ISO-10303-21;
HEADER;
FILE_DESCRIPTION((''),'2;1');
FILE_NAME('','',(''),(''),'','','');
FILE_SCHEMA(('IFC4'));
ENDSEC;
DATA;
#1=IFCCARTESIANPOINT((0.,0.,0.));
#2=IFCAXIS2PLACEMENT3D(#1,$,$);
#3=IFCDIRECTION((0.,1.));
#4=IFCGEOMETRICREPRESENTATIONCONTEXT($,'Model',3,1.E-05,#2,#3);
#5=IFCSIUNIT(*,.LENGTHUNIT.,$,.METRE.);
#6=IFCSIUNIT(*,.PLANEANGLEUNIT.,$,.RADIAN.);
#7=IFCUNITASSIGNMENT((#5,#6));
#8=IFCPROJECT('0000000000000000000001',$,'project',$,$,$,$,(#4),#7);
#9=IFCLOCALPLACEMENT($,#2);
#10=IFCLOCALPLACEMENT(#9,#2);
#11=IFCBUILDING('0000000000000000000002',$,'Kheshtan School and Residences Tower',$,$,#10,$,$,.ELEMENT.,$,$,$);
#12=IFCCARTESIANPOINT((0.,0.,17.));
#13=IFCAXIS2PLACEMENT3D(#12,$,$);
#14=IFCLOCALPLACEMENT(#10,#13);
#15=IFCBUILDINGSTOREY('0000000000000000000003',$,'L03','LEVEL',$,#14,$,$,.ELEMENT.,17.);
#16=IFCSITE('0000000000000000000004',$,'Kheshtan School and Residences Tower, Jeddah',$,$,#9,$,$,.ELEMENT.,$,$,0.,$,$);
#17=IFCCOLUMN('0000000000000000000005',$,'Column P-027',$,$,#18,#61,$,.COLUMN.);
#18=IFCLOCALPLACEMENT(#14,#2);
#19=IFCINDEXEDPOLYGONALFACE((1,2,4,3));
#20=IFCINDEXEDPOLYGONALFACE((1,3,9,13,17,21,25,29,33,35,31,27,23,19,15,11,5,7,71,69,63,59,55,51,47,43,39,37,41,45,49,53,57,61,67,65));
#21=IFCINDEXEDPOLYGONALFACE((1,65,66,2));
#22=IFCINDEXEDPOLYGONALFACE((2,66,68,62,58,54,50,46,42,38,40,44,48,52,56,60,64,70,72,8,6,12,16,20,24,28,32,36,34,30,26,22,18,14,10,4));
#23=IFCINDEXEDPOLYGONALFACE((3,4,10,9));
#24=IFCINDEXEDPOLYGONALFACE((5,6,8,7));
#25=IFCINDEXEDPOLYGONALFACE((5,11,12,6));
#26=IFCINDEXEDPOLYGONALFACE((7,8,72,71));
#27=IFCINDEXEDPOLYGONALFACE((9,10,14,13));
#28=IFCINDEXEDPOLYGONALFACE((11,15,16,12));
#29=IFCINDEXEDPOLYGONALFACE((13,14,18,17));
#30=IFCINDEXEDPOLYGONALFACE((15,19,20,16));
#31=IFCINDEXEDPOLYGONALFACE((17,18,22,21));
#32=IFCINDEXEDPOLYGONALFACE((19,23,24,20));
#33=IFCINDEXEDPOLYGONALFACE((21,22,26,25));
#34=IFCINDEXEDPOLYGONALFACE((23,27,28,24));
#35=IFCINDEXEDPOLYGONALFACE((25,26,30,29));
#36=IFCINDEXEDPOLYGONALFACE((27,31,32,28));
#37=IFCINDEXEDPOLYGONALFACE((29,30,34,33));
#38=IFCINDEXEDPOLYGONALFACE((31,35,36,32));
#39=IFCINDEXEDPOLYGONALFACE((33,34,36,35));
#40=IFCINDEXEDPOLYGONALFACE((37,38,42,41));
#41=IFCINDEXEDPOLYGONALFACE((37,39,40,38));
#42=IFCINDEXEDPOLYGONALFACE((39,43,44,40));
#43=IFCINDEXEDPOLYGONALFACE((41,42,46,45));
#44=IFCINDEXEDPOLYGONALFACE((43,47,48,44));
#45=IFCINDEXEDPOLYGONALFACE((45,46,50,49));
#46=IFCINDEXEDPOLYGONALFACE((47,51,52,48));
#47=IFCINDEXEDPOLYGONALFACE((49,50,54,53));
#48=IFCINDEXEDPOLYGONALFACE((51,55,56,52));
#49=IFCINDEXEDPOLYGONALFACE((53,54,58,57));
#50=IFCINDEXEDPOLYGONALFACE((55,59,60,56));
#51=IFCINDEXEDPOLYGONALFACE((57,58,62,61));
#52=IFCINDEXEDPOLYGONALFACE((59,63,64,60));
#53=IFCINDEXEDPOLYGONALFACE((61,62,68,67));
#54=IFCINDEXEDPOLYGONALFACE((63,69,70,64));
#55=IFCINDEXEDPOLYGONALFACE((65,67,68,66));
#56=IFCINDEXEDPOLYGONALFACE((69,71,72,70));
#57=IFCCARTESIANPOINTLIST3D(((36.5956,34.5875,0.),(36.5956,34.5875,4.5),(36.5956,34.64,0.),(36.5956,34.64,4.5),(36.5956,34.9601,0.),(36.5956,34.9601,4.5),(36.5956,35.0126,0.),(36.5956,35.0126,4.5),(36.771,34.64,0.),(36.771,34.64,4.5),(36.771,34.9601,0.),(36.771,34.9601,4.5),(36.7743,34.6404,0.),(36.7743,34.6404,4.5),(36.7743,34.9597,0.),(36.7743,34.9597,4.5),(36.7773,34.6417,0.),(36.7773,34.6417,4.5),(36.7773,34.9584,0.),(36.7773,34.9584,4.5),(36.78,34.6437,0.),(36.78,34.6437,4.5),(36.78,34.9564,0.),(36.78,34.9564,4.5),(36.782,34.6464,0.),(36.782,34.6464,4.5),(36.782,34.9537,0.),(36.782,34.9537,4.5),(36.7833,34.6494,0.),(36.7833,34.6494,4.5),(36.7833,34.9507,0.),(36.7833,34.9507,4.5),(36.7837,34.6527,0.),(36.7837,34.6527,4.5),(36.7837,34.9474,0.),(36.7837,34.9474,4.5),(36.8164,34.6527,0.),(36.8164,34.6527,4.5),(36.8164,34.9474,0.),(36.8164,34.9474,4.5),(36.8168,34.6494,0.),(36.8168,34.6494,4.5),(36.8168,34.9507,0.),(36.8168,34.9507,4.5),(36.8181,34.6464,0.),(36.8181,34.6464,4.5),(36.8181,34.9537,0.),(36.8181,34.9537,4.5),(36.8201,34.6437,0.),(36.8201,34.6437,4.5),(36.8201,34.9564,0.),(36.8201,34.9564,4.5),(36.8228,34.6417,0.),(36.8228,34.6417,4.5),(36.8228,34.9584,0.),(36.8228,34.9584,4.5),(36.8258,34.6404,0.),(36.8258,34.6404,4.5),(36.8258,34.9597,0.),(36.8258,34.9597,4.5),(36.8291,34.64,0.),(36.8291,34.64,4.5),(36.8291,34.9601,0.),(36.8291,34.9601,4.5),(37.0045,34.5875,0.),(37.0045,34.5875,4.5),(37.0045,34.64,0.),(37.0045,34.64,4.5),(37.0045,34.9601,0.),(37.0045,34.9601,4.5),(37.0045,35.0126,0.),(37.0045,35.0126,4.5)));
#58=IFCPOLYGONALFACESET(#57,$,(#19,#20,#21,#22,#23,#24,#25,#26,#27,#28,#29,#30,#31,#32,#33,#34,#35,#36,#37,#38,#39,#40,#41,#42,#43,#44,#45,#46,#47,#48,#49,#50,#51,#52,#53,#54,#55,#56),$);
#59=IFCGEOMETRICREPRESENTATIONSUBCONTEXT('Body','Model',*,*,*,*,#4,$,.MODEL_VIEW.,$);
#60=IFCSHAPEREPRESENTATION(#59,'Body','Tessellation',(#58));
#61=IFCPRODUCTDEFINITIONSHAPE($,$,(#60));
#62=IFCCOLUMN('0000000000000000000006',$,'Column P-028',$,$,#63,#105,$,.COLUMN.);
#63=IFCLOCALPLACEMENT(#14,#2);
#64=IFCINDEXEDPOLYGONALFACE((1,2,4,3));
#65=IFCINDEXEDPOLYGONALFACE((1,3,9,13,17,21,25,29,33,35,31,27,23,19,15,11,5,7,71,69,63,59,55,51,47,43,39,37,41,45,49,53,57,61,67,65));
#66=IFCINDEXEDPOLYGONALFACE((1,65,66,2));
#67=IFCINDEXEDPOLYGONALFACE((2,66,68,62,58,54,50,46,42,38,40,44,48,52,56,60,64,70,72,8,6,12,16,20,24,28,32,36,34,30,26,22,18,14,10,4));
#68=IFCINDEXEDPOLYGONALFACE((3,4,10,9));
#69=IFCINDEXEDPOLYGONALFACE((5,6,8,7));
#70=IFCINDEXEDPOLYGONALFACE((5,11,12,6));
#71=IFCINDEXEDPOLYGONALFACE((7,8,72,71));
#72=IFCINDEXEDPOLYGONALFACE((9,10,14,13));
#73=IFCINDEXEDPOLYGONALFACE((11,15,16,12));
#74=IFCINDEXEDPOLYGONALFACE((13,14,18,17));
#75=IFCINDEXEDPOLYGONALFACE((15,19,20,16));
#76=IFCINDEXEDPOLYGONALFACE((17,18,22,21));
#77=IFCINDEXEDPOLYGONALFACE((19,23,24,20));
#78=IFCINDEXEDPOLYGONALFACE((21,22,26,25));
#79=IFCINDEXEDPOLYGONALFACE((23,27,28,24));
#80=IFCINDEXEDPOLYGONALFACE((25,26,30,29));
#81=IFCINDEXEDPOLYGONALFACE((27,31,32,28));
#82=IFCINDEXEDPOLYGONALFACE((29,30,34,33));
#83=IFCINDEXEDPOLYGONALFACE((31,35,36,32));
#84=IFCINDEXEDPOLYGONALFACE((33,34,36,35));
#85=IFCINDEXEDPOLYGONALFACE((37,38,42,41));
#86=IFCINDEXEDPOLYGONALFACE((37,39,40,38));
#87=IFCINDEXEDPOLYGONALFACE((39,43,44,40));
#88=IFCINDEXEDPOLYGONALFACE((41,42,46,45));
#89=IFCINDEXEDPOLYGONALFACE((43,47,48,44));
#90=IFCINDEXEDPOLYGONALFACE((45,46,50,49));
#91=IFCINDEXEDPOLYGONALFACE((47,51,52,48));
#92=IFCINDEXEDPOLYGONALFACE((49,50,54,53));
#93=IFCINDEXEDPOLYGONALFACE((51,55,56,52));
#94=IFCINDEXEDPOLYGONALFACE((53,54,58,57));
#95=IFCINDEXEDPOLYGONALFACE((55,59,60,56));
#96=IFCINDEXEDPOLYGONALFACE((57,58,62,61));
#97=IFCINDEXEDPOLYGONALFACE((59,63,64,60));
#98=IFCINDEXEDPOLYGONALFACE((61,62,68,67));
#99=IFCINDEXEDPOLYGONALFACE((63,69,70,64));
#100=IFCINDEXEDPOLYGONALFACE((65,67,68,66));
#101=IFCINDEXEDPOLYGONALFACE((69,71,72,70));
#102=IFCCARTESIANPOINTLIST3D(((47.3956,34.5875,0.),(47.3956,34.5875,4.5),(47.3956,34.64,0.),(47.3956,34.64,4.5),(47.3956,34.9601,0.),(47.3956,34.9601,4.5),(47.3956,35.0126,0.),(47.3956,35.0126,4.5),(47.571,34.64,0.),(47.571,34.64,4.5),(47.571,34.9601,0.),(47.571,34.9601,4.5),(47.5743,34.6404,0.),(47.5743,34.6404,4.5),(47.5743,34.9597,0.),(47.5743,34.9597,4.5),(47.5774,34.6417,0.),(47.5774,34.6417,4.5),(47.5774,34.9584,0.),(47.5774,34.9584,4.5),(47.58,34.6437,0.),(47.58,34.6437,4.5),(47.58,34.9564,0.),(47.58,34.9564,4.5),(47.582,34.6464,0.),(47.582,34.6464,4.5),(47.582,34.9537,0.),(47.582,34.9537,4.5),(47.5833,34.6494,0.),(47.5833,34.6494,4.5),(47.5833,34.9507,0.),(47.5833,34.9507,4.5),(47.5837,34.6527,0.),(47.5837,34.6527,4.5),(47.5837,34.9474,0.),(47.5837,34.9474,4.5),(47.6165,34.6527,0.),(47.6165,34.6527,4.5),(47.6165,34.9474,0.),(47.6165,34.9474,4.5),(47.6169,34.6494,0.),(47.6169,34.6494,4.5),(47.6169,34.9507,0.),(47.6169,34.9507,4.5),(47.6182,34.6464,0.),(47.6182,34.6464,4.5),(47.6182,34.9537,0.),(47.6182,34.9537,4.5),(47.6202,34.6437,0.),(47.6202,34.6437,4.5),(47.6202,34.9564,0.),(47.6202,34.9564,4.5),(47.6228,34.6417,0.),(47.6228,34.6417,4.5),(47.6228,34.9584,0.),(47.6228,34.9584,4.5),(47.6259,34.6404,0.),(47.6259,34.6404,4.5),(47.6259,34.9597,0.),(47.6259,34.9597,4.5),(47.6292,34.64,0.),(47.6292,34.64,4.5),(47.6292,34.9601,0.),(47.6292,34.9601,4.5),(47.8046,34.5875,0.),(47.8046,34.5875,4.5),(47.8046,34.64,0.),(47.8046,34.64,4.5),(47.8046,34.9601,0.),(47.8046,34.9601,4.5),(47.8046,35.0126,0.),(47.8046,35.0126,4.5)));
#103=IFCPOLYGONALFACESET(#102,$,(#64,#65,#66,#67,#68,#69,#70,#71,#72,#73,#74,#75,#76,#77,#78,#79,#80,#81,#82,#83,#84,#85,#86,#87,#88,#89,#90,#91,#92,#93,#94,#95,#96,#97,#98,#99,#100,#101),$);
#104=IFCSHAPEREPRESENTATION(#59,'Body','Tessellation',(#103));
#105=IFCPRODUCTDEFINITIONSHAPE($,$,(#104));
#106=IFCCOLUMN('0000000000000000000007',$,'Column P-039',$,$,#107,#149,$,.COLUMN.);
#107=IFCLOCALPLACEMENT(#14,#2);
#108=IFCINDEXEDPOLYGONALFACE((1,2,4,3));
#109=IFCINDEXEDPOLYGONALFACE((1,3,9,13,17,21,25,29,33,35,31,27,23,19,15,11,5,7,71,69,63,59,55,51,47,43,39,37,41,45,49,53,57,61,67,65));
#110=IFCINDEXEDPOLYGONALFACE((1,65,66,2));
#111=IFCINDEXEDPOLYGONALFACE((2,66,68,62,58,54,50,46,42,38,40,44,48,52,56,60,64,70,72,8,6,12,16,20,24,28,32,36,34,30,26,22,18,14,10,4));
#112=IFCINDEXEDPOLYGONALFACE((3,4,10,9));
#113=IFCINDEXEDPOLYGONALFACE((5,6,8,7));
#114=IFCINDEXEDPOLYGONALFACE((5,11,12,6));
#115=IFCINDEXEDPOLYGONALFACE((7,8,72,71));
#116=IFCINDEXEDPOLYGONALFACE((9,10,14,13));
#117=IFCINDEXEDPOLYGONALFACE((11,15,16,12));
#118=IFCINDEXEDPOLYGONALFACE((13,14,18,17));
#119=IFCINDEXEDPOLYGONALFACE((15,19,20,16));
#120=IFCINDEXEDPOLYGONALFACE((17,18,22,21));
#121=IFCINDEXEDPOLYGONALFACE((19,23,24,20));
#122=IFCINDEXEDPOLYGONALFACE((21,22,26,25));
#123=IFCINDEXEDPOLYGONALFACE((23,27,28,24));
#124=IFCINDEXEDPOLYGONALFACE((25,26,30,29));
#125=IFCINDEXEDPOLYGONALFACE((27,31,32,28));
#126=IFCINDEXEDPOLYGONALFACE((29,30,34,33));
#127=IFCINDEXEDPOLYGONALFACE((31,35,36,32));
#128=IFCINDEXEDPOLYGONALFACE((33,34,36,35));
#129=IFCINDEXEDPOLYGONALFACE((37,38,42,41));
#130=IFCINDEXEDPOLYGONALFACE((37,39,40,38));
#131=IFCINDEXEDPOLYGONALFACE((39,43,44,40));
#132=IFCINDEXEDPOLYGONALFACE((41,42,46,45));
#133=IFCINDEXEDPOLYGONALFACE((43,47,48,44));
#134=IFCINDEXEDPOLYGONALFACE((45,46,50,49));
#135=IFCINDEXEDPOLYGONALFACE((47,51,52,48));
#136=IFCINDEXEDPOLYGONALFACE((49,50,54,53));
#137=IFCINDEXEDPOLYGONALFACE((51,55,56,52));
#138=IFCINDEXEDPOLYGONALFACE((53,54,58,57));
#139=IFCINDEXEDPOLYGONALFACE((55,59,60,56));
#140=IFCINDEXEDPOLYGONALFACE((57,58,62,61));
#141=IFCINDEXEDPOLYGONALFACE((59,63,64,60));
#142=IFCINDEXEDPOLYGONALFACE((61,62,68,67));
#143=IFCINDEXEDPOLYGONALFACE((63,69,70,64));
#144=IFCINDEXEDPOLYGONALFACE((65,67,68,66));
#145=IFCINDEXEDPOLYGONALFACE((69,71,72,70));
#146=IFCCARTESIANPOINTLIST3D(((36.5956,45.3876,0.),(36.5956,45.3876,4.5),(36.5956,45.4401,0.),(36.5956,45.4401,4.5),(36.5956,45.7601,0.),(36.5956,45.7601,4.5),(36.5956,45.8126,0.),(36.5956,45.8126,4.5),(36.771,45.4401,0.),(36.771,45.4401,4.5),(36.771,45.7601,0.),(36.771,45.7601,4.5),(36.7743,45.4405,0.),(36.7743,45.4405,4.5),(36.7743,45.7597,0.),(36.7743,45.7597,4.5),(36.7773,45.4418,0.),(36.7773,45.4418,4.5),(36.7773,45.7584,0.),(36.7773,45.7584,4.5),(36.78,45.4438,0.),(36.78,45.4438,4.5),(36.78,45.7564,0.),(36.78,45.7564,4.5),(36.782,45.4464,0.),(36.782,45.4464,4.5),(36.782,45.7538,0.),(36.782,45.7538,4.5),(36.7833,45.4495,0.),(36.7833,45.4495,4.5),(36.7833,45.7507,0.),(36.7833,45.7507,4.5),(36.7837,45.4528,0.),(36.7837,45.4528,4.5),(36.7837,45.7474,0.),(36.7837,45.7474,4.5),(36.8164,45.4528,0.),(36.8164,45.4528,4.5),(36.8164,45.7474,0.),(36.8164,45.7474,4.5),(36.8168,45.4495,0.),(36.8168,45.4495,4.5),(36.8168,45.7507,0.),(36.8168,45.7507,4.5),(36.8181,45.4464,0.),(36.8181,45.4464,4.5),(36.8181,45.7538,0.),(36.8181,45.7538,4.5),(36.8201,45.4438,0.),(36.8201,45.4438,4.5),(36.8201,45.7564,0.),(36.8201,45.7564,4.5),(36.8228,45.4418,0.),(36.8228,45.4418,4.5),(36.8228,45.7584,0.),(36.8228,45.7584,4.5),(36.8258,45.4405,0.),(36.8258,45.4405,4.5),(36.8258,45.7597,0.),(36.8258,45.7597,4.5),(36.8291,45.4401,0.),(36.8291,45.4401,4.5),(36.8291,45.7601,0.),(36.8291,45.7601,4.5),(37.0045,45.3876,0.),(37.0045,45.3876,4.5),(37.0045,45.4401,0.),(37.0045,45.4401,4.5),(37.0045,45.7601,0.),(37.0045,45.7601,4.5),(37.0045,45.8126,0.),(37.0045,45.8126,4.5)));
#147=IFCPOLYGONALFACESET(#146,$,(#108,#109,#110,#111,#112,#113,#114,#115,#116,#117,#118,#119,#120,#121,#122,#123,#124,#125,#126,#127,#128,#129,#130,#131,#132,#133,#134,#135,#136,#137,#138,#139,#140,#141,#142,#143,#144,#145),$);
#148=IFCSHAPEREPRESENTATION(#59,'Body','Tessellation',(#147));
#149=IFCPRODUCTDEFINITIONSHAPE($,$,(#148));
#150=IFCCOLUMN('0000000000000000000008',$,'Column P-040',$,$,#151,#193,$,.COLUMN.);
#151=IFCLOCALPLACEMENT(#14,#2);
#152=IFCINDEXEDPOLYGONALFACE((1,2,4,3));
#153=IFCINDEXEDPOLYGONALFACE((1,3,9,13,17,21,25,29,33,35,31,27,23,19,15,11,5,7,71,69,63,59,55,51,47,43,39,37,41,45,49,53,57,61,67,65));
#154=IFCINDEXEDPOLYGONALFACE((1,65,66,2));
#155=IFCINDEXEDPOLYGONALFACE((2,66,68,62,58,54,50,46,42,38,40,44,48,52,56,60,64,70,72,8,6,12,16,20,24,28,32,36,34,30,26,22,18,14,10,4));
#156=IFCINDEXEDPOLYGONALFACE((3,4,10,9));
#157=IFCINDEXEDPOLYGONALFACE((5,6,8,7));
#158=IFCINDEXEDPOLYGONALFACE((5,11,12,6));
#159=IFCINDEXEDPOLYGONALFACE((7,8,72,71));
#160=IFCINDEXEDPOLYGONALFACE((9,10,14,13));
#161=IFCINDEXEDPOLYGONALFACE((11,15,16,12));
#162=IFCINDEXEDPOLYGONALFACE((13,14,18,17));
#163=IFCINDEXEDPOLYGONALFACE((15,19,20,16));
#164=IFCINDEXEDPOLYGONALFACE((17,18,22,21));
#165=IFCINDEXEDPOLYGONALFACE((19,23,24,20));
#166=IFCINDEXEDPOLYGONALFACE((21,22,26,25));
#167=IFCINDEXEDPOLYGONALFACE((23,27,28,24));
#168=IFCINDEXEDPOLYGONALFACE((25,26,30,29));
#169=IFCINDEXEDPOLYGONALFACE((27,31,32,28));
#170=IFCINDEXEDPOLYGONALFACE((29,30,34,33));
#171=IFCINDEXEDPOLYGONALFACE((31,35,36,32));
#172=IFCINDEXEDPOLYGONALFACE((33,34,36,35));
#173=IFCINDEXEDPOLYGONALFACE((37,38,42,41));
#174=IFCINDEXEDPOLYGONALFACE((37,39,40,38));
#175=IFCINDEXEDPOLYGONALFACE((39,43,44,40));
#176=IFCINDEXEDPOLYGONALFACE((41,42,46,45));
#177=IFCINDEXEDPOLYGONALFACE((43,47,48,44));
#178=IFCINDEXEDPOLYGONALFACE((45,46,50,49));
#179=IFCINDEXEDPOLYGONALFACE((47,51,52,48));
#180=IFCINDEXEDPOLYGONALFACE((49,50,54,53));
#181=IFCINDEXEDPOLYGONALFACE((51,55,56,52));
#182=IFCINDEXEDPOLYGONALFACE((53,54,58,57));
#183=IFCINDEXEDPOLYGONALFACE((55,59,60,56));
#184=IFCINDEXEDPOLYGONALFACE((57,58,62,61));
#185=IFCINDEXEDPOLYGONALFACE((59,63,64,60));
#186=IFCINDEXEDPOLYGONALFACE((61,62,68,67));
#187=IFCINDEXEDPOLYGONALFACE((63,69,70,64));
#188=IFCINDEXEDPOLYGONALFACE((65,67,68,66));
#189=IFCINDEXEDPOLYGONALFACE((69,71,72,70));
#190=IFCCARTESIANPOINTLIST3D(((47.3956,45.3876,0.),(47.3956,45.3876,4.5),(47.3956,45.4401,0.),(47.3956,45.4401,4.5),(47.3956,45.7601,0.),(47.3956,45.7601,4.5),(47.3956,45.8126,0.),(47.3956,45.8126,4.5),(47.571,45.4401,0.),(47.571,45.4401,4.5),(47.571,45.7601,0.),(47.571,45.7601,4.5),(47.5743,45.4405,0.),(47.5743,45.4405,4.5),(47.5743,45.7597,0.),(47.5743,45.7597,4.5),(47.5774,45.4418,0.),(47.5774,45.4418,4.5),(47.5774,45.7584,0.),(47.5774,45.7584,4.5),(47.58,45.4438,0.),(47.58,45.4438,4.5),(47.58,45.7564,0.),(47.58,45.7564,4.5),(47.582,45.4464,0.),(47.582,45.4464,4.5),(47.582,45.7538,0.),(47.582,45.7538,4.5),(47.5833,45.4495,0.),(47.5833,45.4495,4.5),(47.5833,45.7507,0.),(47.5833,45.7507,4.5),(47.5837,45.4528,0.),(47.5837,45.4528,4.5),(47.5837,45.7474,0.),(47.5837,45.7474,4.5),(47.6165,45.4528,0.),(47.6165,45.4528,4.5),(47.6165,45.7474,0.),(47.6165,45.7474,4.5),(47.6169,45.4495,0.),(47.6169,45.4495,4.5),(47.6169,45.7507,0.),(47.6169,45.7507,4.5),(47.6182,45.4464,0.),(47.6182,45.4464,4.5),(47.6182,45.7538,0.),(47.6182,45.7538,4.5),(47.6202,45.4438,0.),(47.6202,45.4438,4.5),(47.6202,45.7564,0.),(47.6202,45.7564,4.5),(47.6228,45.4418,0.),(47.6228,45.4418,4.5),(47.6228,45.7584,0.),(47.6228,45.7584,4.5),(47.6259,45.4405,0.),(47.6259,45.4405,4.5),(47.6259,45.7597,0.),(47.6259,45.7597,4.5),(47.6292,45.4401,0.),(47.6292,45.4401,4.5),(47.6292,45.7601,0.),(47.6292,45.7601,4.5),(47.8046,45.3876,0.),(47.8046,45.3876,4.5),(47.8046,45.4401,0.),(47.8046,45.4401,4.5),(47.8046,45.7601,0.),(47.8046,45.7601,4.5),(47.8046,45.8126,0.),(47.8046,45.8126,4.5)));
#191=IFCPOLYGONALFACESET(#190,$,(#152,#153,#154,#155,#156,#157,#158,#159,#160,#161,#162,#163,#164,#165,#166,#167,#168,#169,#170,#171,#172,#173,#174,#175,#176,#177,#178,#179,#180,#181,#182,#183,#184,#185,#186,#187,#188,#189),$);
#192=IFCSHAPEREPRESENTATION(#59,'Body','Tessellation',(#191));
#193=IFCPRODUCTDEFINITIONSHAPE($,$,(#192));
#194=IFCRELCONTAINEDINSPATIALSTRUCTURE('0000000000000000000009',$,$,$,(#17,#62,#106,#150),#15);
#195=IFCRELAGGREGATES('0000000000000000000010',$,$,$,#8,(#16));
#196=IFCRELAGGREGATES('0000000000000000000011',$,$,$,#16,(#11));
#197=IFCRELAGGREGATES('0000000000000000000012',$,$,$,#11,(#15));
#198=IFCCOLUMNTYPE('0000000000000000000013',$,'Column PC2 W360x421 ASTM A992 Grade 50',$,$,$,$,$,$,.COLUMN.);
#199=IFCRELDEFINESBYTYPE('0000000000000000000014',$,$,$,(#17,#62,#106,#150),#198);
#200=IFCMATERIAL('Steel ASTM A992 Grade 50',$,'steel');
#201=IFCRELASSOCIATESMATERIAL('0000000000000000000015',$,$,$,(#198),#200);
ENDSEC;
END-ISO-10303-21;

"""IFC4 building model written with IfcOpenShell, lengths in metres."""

from ifc_helpers import new_model, si_unit, direction, frame, origin, origin_2d, place, context, subcontext, project, spatial, i_section, extrude, material, material_profile, profile_set, type_object, element, save


model = new_model("IFC4")

# Units and contexts
model_context = context("Model", 3, precision=1e-05, world=origin(), true_north=direction((0.0, 1.0)))
body_context = subcontext(model_context, "Body", "Model", "MODEL_VIEW")
ifc_project = project(units=[si_unit("LENGTHUNIT", "METRE"), si_unit("PLANEANGLEUNIT", "RADIAN")], contexts=[model_context])

# Site, building, storey
site_placement = place(None, origin())
site = spatial("IfcSite", under=ifc_project, at=site_placement, Name="Kheshtan School and Residences Tower, Jeddah", CompositionType="ELEMENT", RefElevation=0.0)
building_placement = place(site_placement, origin())
building = spatial("IfcBuilding", under=site, at=building_placement, Name="Kheshtan School and Residences Tower", CompositionType="ELEMENT")
storey_placement = place(building_placement, frame((0.0, 0.0, 17.0)))
storey = spatial("IfcBuildingStorey", under=building, at=storey_placement, Name="L03", Description="LEVEL", CompositionType="ELEMENT", Elevation=17.0)

# Columns
ifc_material_1 = material(Name="Steel ASTM A992 Grade 50", Category="steel")
ifc_material_profile_1 = material_profile(ifc_material_1, i_section(OverallWidth=0.4089, OverallDepth=0.425, WebThickness=0.0327, FlangeThickness=0.0525, FilletRadius=0.0127, at=origin_2d()), Name="W360x421")
ifc_profile_set_1 = profile_set([ifc_material_profile_1], Name="Steel ASTM A992 Grade 50")
column_type = type_object("IfcColumnType", Name="Column PC2 W360x421 ASTM A992 Grade 50", PredefinedType="COLUMN", material=ifc_profile_set_1)
for number, where, z_axis, x_axis, name in (
    (1, (36.8, 34.8, 0.0), (0.0, 0.0, 1.0), (1.0, 0.0, 0.0), "Column P-027"),
    (2, (47.6001, 34.8, 0.0), (0.0, 0.0, 1.0), (1.0, 0.0, 0.0), "Column P-028"),
    (3, (36.8, 45.6001, 0.0), (0.0, 0.0, 1.0), (1.0, 0.0, 0.0), "Column P-039"),
    (4, (47.6001, 45.6001, 0.0), (0.0, 0.0, 1.0), (1.0, 0.0, 0.0), "Column P-040"),
):
    element("IfcColumn", number, at=place(storey_placement, frame(where, z_axis=z_axis, x_axis=x_axis)), inside=storey, type_object=column_type, Name=name, PredefinedType="COLUMN", context=body_context, shape_type="SweptSolid", body=[
        extrude(i_section(OverallWidth=0.4089, OverallDepth=0.425, WebThickness=0.0327, FlangeThickness=0.0525, FilletRadius=0.0127, at=origin_2d()), origin(), (0.0, 0.0, 1.0), 4.5),
    ])

save(model, "model.ifc")
